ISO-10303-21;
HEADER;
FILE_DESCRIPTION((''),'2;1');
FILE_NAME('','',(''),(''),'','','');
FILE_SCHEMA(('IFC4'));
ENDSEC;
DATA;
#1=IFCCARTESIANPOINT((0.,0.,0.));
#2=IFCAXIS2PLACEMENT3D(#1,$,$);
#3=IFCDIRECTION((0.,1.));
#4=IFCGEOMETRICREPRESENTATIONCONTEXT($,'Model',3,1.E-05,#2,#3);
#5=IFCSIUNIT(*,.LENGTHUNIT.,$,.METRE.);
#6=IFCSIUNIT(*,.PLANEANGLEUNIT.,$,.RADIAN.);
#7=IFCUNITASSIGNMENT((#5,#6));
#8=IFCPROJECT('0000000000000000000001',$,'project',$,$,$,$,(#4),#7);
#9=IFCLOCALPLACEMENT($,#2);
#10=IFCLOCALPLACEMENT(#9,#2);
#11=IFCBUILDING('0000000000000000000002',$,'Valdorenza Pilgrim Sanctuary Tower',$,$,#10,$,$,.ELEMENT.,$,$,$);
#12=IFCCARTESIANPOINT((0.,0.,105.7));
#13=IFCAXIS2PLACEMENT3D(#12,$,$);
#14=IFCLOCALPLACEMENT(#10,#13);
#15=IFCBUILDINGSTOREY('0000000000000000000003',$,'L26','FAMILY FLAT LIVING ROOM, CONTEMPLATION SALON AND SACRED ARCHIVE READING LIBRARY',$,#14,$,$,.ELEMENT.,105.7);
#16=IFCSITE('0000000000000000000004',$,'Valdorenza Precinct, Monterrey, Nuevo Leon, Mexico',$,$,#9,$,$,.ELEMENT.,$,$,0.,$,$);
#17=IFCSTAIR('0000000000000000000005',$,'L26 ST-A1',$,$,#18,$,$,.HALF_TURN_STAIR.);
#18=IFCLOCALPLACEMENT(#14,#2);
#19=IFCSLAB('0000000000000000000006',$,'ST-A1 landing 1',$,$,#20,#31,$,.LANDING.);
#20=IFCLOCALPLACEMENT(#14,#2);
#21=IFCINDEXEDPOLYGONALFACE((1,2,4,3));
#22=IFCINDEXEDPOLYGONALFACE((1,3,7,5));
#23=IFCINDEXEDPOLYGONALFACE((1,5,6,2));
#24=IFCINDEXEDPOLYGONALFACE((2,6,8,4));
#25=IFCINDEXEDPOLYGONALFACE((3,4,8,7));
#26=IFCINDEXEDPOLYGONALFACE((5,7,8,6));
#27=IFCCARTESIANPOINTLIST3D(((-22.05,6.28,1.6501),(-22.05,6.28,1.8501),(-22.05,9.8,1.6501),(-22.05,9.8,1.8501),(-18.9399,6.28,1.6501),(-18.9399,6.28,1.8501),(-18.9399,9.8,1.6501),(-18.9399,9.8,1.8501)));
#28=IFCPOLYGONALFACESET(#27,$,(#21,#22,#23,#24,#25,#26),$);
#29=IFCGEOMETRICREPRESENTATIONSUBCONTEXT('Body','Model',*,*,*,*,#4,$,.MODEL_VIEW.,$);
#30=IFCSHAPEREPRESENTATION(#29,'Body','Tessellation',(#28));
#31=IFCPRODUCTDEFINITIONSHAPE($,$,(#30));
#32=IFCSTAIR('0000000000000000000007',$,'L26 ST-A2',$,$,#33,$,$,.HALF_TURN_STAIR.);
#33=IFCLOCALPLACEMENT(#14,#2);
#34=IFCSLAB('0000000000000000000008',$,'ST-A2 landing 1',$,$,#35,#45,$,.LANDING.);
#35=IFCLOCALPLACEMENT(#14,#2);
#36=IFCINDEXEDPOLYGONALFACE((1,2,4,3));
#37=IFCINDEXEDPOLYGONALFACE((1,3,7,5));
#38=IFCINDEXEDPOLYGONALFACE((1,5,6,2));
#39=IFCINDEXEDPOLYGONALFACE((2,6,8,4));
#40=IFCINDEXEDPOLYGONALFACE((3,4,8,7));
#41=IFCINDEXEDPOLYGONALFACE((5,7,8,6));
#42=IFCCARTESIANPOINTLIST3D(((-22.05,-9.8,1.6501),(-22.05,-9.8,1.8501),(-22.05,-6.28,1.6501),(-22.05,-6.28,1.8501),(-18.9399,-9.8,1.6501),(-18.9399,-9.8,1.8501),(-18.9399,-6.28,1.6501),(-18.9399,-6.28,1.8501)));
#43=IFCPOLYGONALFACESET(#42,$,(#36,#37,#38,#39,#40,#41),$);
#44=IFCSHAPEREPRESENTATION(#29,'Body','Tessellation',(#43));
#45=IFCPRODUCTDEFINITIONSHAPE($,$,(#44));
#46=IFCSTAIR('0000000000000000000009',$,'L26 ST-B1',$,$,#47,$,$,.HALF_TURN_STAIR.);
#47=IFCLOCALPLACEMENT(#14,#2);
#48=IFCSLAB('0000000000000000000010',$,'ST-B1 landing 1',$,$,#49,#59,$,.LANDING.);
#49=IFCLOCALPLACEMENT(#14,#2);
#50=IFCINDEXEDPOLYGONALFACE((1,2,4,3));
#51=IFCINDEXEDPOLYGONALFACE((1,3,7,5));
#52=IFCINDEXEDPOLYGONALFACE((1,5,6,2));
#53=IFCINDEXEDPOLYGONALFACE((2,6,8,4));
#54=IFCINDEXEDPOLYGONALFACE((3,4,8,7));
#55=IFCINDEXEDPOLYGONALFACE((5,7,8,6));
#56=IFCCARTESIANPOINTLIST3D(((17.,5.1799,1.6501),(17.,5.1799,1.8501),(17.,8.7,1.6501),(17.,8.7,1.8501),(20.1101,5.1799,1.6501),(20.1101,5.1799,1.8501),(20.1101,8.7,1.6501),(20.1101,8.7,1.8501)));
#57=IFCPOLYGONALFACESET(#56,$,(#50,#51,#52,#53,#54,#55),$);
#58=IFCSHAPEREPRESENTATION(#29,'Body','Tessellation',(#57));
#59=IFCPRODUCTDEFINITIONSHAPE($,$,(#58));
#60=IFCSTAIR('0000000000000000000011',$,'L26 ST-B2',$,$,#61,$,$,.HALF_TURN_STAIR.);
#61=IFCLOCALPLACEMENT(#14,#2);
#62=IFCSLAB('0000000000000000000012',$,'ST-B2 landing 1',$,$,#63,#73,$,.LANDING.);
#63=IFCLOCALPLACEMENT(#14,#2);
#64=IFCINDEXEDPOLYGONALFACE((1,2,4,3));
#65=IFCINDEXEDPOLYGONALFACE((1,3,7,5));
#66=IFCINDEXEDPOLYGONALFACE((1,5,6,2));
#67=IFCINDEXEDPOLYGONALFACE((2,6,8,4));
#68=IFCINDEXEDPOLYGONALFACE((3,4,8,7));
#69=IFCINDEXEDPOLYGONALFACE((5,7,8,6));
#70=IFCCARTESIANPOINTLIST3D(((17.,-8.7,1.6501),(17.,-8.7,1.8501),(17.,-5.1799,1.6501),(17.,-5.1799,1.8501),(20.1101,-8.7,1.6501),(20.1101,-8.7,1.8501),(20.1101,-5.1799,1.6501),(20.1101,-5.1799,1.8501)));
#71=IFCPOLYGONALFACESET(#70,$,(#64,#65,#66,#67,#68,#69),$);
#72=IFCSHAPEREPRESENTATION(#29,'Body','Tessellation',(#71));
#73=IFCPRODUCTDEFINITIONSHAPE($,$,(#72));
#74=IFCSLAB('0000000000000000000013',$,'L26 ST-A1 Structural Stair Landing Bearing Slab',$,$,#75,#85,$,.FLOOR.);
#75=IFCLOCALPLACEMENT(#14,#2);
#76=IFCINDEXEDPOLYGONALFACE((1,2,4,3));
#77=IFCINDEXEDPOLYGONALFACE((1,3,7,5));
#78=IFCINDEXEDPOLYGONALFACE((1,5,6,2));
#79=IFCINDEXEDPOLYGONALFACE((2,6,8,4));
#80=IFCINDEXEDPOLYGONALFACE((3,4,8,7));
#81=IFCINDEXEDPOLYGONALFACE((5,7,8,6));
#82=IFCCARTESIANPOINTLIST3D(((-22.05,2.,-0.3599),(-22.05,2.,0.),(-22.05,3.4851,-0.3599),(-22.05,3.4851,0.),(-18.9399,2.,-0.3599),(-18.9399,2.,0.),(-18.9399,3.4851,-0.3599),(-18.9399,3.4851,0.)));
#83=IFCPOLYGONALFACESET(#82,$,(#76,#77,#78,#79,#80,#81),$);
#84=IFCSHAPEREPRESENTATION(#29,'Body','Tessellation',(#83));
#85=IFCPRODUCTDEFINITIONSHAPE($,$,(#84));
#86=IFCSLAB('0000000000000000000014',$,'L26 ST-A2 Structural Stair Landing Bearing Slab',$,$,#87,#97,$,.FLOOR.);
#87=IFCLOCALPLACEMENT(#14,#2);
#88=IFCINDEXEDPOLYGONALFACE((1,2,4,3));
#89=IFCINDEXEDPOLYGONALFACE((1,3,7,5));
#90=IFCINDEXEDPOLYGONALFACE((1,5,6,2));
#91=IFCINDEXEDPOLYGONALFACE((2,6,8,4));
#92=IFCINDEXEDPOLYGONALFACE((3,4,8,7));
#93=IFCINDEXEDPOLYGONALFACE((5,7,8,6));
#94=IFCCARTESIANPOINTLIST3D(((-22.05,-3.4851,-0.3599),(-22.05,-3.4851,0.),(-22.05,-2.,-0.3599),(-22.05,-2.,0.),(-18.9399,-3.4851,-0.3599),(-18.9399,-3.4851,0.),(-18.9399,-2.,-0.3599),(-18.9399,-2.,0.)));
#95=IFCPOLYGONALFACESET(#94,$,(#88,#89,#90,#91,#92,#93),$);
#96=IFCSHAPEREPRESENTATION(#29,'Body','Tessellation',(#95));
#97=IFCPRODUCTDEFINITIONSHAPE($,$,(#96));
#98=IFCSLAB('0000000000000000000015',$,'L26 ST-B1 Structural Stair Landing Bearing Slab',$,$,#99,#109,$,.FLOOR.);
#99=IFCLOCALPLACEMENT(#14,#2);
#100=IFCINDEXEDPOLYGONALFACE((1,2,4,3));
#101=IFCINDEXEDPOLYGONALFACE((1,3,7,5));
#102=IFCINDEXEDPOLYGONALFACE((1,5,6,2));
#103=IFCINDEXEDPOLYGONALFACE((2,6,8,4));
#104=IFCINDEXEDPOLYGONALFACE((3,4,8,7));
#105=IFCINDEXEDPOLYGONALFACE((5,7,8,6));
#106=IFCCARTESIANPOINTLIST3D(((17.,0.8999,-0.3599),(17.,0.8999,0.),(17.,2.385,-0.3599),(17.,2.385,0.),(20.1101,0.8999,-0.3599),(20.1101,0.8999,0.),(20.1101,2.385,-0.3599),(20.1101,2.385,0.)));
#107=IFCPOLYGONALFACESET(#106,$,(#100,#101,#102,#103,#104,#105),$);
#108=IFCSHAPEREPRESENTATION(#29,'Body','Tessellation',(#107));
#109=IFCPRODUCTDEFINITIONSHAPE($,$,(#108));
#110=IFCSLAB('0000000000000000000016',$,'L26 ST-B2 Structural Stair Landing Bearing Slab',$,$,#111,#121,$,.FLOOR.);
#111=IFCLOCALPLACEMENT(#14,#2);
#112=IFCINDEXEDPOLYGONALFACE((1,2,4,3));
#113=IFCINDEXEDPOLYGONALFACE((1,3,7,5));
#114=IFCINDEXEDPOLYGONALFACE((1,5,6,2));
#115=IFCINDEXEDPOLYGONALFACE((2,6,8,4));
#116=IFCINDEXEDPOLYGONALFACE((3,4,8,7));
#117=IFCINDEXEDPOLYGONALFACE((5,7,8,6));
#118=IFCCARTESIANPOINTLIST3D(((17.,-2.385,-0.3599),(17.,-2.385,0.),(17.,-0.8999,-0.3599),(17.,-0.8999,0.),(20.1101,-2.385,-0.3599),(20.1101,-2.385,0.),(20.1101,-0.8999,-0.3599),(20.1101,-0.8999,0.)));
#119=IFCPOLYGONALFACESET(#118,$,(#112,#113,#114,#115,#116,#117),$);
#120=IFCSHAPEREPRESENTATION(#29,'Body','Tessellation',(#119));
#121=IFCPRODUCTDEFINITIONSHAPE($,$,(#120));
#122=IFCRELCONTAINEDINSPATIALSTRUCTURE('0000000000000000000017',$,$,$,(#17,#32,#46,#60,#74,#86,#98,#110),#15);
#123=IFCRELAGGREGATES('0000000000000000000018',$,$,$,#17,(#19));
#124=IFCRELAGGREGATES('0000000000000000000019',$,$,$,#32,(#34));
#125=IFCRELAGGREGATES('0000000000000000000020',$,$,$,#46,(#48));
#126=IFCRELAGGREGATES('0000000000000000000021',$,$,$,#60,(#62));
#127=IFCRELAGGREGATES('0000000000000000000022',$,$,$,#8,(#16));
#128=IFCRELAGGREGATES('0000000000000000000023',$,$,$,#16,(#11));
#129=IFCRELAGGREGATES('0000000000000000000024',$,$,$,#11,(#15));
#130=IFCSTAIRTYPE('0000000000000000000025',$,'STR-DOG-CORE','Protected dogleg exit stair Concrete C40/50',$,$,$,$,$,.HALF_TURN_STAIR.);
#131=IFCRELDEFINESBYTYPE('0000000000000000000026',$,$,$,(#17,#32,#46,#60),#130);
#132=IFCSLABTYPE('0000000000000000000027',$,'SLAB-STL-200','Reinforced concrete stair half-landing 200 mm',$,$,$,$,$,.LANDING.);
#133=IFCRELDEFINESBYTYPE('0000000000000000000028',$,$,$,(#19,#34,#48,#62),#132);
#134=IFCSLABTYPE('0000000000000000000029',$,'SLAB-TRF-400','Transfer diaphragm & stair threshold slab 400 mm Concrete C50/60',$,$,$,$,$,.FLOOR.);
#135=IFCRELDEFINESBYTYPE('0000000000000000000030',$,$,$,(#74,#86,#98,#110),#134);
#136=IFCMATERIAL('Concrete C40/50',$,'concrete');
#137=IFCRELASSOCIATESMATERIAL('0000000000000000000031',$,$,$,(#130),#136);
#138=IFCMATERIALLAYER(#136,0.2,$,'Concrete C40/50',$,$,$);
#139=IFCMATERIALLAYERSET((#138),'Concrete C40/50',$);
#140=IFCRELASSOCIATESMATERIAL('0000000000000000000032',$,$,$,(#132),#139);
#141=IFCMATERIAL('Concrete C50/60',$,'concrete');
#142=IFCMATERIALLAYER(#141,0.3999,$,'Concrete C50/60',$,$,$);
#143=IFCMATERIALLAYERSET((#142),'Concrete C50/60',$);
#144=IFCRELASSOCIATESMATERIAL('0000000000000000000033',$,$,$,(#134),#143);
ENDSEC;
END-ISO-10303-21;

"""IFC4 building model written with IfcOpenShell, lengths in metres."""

from ifc_helpers import new_model, si_unit, direction, frame, origin, place, context, subcontext, project, spatial, polyline, outline, extrude, material, layer, layer_set, type_object, element, aggregate, save


model = new_model("IFC4")

# Units and contexts
model_context = context("Model", 3, precision=1e-05, world=origin(), true_north=direction((0.0, 1.0)))
body_context = subcontext(model_context, "Body", "Model", "MODEL_VIEW")
ifc_project = project(units=[si_unit("LENGTHUNIT", "METRE"), si_unit("PLANEANGLEUNIT", "RADIAN")], contexts=[model_context])

# Site, building, storey
site_placement = place(None, origin())
site = spatial("IfcSite", under=ifc_project, at=site_placement, Name="Valdorenza Precinct, Monterrey, Nuevo Leon, Mexico", CompositionType="ELEMENT", RefElevation=0.0)
building_placement = place(site_placement, origin())
building = spatial("IfcBuilding", under=site, at=building_placement, Name="Valdorenza Pilgrim Sanctuary Tower", CompositionType="ELEMENT")
storey_placement = place(building_placement, frame((0.0, 0.0, 105.7)))
storey = spatial("IfcBuildingStorey", under=building, at=storey_placement, Name="L26", Description="FAMILY FLAT LIVING ROOM, CONTEMPLATION SALON AND SACRED ARCHIVE READING LIBRARY", CompositionType="ELEMENT", Elevation=105.7)

# Shared definitions
ifc_material_1 = material(Name="Concrete C40/50", Category="concrete")

# Stairs, slabs
stair_type = type_object("IfcStairType", Name="STR-DOG-CORE", Description="Protected dogleg exit stair Concrete C40/50", PredefinedType="HALF_TURN_STAIR", material=ifc_material_1)
stair_1_placement = place(storey_placement, origin())
stair_1 = element("IfcStair", 1, at=stair_1_placement, inside=storey, type_object=stair_type, Name="L26 ST-A1", PredefinedType="HALF_TURN_STAIR")
ifc_layer_1 = layer(ifc_material_1, 0.2, Name="Concrete C40/50")
ifc_layer_set_1 = layer_set([ifc_layer_1], Name="Concrete C40/50")
slab_type_1 = type_object("IfcSlabType", Name="SLAB-STL-200", Description="Reinforced concrete stair half-landing 200 mm", PredefinedType="LANDING", material=ifc_layer_set_1)
slab_1_placement = place(storey_placement, frame((0.0, 0.0, 1.6501)))
slab_1 = element("IfcSlab", 2, at=slab_1_placement, type_object=slab_type_1, Name="ST-A1 landing 1", PredefinedType="LANDING", context=body_context, shape_type="SweptSolid", body=[
    extrude(outline(polyline([(-18.9399, 6.28), (-18.9399, 9.8), (-22.05, 9.8), (-22.05, 6.28), (-18.9399, 6.28)])), origin(), (0.0, 0.0, 1.0), 0.2),
])
aggregate(stair_1, [slab_1])
stair_2_placement = place(storey_placement, origin())
stair_2 = element("IfcStair", 3, at=stair_2_placement, inside=storey, type_object=stair_type, Name="L26 ST-A2", PredefinedType="HALF_TURN_STAIR")
slab_2_placement = place(storey_placement, frame((0.0, 0.0, 1.6501)))
slab_2 = element("IfcSlab", 4, at=slab_2_placement, type_object=slab_type_1, Name="ST-A2 landing 1", PredefinedType="LANDING", context=body_context, shape_type="SweptSolid", body=[
    extrude(outline(polyline([(-22.05, -6.28), (-22.05, -9.8), (-18.9399, -9.8), (-18.9399, -6.28), (-22.05, -6.28)])), origin(), (0.0, 0.0, 1.0), 0.2),
])
aggregate(stair_2, [slab_2])
stair_3_placement = place(storey_placement, origin())
stair_3 = element("IfcStair", 5, at=stair_3_placement, inside=storey, type_object=stair_type, Name="L26 ST-B1", PredefinedType="HALF_TURN_STAIR")
slab_3_placement = place(storey_placement, frame((0.0, 0.0, 1.6501)))
slab_3 = element("IfcSlab", 6, at=slab_3_placement, type_object=slab_type_1, Name="ST-B1 landing 1", PredefinedType="LANDING", context=body_context, shape_type="SweptSolid", body=[
    extrude(outline(polyline([(20.1101, 5.1799), (20.1101, 8.7), (17.0, 8.7), (17.0, 5.1799), (20.1101, 5.1799)])), origin(), (0.0, 0.0, 1.0), 0.2),
])
aggregate(stair_3, [slab_3])
stair_4_placement = place(storey_placement, origin())
stair_4 = element("IfcStair", 7, at=stair_4_placement, inside=storey, type_object=stair_type, Name="L26 ST-B2", PredefinedType="HALF_TURN_STAIR")
slab_4_placement = place(storey_placement, frame((0.0, 0.0, 1.6501)))
slab_4 = element("IfcSlab", 8, at=slab_4_placement, type_object=slab_type_1, Name="ST-B2 landing 1", PredefinedType="LANDING", context=body_context, shape_type="SweptSolid", body=[
    extrude(outline(polyline([(17.0, -5.1799), (17.0, -8.7), (20.1101, -8.7), (20.1101, -5.1799), (17.0, -5.1799)])), origin(), (0.0, 0.0, 1.0), 0.2),
])
aggregate(stair_4, [slab_4])

# Slabs
ifc_material_2 = material(Name="Concrete C50/60", Category="concrete")
ifc_layer_2 = layer(ifc_material_2, 0.3999, Name="Concrete C50/60")
ifc_layer_set_2 = layer_set([ifc_layer_2], Name="Concrete C50/60")
slab_type_2 = type_object("IfcSlabType", Name="SLAB-TRF-400", Description="Transfer diaphragm & stair threshold slab 400 mm Concrete C50/60", PredefinedType="FLOOR", material=ifc_layer_set_2)
slab_5_placement = place(storey_placement, frame((0.0, 0.0, -0.3599)))
element("IfcSlab", 9, at=slab_5_placement, inside=storey, type_object=slab_type_2, Name="L26 ST-A1 Structural Stair Landing Bearing Slab", PredefinedType="FLOOR", context=body_context, shape_type="SweptSolid", body=[
    extrude(outline(polyline([(-22.05, 2.0), (-18.9399, 2.0), (-18.9399, 3.4851), (-22.05, 3.4851), (-22.05, 2.0)])), origin(), (0.0, 0.0, 1.0), 0.3599),
])
slab_6_placement = place(storey_placement, frame((0.0, 0.0, -0.3599)))
element("IfcSlab", 10, at=slab_6_placement, inside=storey, type_object=slab_type_2, Name="L26 ST-A2 Structural Stair Landing Bearing Slab", PredefinedType="FLOOR", context=body_context, shape_type="SweptSolid", body=[
    extrude(outline(polyline([(-22.05, -3.4851), (-18.9399, -3.4851), (-18.9399, -2.0), (-22.05, -2.0), (-22.05, -3.4851)])), origin(), (0.0, 0.0, 1.0), 0.3599),
])
slab_7_placement = place(storey_placement, frame((0.0, 0.0, -0.3599)))
element("IfcSlab", 11, at=slab_7_placement, inside=storey, type_object=slab_type_2, Name="L26 ST-B1 Structural Stair Landing Bearing Slab", PredefinedType="FLOOR", context=body_context, shape_type="SweptSolid", body=[
    extrude(outline(polyline([(17.0, 0.8999), (20.1101, 0.8999), (20.1101, 2.385), (17.0, 2.385), (17.0, 0.8999)])), origin(), (0.0, 0.0, 1.0), 0.3599),
])
slab_8_placement = place(storey_placement, frame((0.0, 0.0, -0.3599)))
element("IfcSlab", 12, at=slab_8_placement, inside=storey, type_object=slab_type_2, Name="L26 ST-B2 Structural Stair Landing Bearing Slab", PredefinedType="FLOOR", context=body_context, shape_type="SweptSolid", body=[
    extrude(outline(polyline([(17.0, -2.385), (20.1101, -2.385), (20.1101, -0.8999), (17.0, -0.8999), (17.0, -2.385)])), origin(), (0.0, 0.0, 1.0), 0.3599),
])

save(model, "model.ifc")
